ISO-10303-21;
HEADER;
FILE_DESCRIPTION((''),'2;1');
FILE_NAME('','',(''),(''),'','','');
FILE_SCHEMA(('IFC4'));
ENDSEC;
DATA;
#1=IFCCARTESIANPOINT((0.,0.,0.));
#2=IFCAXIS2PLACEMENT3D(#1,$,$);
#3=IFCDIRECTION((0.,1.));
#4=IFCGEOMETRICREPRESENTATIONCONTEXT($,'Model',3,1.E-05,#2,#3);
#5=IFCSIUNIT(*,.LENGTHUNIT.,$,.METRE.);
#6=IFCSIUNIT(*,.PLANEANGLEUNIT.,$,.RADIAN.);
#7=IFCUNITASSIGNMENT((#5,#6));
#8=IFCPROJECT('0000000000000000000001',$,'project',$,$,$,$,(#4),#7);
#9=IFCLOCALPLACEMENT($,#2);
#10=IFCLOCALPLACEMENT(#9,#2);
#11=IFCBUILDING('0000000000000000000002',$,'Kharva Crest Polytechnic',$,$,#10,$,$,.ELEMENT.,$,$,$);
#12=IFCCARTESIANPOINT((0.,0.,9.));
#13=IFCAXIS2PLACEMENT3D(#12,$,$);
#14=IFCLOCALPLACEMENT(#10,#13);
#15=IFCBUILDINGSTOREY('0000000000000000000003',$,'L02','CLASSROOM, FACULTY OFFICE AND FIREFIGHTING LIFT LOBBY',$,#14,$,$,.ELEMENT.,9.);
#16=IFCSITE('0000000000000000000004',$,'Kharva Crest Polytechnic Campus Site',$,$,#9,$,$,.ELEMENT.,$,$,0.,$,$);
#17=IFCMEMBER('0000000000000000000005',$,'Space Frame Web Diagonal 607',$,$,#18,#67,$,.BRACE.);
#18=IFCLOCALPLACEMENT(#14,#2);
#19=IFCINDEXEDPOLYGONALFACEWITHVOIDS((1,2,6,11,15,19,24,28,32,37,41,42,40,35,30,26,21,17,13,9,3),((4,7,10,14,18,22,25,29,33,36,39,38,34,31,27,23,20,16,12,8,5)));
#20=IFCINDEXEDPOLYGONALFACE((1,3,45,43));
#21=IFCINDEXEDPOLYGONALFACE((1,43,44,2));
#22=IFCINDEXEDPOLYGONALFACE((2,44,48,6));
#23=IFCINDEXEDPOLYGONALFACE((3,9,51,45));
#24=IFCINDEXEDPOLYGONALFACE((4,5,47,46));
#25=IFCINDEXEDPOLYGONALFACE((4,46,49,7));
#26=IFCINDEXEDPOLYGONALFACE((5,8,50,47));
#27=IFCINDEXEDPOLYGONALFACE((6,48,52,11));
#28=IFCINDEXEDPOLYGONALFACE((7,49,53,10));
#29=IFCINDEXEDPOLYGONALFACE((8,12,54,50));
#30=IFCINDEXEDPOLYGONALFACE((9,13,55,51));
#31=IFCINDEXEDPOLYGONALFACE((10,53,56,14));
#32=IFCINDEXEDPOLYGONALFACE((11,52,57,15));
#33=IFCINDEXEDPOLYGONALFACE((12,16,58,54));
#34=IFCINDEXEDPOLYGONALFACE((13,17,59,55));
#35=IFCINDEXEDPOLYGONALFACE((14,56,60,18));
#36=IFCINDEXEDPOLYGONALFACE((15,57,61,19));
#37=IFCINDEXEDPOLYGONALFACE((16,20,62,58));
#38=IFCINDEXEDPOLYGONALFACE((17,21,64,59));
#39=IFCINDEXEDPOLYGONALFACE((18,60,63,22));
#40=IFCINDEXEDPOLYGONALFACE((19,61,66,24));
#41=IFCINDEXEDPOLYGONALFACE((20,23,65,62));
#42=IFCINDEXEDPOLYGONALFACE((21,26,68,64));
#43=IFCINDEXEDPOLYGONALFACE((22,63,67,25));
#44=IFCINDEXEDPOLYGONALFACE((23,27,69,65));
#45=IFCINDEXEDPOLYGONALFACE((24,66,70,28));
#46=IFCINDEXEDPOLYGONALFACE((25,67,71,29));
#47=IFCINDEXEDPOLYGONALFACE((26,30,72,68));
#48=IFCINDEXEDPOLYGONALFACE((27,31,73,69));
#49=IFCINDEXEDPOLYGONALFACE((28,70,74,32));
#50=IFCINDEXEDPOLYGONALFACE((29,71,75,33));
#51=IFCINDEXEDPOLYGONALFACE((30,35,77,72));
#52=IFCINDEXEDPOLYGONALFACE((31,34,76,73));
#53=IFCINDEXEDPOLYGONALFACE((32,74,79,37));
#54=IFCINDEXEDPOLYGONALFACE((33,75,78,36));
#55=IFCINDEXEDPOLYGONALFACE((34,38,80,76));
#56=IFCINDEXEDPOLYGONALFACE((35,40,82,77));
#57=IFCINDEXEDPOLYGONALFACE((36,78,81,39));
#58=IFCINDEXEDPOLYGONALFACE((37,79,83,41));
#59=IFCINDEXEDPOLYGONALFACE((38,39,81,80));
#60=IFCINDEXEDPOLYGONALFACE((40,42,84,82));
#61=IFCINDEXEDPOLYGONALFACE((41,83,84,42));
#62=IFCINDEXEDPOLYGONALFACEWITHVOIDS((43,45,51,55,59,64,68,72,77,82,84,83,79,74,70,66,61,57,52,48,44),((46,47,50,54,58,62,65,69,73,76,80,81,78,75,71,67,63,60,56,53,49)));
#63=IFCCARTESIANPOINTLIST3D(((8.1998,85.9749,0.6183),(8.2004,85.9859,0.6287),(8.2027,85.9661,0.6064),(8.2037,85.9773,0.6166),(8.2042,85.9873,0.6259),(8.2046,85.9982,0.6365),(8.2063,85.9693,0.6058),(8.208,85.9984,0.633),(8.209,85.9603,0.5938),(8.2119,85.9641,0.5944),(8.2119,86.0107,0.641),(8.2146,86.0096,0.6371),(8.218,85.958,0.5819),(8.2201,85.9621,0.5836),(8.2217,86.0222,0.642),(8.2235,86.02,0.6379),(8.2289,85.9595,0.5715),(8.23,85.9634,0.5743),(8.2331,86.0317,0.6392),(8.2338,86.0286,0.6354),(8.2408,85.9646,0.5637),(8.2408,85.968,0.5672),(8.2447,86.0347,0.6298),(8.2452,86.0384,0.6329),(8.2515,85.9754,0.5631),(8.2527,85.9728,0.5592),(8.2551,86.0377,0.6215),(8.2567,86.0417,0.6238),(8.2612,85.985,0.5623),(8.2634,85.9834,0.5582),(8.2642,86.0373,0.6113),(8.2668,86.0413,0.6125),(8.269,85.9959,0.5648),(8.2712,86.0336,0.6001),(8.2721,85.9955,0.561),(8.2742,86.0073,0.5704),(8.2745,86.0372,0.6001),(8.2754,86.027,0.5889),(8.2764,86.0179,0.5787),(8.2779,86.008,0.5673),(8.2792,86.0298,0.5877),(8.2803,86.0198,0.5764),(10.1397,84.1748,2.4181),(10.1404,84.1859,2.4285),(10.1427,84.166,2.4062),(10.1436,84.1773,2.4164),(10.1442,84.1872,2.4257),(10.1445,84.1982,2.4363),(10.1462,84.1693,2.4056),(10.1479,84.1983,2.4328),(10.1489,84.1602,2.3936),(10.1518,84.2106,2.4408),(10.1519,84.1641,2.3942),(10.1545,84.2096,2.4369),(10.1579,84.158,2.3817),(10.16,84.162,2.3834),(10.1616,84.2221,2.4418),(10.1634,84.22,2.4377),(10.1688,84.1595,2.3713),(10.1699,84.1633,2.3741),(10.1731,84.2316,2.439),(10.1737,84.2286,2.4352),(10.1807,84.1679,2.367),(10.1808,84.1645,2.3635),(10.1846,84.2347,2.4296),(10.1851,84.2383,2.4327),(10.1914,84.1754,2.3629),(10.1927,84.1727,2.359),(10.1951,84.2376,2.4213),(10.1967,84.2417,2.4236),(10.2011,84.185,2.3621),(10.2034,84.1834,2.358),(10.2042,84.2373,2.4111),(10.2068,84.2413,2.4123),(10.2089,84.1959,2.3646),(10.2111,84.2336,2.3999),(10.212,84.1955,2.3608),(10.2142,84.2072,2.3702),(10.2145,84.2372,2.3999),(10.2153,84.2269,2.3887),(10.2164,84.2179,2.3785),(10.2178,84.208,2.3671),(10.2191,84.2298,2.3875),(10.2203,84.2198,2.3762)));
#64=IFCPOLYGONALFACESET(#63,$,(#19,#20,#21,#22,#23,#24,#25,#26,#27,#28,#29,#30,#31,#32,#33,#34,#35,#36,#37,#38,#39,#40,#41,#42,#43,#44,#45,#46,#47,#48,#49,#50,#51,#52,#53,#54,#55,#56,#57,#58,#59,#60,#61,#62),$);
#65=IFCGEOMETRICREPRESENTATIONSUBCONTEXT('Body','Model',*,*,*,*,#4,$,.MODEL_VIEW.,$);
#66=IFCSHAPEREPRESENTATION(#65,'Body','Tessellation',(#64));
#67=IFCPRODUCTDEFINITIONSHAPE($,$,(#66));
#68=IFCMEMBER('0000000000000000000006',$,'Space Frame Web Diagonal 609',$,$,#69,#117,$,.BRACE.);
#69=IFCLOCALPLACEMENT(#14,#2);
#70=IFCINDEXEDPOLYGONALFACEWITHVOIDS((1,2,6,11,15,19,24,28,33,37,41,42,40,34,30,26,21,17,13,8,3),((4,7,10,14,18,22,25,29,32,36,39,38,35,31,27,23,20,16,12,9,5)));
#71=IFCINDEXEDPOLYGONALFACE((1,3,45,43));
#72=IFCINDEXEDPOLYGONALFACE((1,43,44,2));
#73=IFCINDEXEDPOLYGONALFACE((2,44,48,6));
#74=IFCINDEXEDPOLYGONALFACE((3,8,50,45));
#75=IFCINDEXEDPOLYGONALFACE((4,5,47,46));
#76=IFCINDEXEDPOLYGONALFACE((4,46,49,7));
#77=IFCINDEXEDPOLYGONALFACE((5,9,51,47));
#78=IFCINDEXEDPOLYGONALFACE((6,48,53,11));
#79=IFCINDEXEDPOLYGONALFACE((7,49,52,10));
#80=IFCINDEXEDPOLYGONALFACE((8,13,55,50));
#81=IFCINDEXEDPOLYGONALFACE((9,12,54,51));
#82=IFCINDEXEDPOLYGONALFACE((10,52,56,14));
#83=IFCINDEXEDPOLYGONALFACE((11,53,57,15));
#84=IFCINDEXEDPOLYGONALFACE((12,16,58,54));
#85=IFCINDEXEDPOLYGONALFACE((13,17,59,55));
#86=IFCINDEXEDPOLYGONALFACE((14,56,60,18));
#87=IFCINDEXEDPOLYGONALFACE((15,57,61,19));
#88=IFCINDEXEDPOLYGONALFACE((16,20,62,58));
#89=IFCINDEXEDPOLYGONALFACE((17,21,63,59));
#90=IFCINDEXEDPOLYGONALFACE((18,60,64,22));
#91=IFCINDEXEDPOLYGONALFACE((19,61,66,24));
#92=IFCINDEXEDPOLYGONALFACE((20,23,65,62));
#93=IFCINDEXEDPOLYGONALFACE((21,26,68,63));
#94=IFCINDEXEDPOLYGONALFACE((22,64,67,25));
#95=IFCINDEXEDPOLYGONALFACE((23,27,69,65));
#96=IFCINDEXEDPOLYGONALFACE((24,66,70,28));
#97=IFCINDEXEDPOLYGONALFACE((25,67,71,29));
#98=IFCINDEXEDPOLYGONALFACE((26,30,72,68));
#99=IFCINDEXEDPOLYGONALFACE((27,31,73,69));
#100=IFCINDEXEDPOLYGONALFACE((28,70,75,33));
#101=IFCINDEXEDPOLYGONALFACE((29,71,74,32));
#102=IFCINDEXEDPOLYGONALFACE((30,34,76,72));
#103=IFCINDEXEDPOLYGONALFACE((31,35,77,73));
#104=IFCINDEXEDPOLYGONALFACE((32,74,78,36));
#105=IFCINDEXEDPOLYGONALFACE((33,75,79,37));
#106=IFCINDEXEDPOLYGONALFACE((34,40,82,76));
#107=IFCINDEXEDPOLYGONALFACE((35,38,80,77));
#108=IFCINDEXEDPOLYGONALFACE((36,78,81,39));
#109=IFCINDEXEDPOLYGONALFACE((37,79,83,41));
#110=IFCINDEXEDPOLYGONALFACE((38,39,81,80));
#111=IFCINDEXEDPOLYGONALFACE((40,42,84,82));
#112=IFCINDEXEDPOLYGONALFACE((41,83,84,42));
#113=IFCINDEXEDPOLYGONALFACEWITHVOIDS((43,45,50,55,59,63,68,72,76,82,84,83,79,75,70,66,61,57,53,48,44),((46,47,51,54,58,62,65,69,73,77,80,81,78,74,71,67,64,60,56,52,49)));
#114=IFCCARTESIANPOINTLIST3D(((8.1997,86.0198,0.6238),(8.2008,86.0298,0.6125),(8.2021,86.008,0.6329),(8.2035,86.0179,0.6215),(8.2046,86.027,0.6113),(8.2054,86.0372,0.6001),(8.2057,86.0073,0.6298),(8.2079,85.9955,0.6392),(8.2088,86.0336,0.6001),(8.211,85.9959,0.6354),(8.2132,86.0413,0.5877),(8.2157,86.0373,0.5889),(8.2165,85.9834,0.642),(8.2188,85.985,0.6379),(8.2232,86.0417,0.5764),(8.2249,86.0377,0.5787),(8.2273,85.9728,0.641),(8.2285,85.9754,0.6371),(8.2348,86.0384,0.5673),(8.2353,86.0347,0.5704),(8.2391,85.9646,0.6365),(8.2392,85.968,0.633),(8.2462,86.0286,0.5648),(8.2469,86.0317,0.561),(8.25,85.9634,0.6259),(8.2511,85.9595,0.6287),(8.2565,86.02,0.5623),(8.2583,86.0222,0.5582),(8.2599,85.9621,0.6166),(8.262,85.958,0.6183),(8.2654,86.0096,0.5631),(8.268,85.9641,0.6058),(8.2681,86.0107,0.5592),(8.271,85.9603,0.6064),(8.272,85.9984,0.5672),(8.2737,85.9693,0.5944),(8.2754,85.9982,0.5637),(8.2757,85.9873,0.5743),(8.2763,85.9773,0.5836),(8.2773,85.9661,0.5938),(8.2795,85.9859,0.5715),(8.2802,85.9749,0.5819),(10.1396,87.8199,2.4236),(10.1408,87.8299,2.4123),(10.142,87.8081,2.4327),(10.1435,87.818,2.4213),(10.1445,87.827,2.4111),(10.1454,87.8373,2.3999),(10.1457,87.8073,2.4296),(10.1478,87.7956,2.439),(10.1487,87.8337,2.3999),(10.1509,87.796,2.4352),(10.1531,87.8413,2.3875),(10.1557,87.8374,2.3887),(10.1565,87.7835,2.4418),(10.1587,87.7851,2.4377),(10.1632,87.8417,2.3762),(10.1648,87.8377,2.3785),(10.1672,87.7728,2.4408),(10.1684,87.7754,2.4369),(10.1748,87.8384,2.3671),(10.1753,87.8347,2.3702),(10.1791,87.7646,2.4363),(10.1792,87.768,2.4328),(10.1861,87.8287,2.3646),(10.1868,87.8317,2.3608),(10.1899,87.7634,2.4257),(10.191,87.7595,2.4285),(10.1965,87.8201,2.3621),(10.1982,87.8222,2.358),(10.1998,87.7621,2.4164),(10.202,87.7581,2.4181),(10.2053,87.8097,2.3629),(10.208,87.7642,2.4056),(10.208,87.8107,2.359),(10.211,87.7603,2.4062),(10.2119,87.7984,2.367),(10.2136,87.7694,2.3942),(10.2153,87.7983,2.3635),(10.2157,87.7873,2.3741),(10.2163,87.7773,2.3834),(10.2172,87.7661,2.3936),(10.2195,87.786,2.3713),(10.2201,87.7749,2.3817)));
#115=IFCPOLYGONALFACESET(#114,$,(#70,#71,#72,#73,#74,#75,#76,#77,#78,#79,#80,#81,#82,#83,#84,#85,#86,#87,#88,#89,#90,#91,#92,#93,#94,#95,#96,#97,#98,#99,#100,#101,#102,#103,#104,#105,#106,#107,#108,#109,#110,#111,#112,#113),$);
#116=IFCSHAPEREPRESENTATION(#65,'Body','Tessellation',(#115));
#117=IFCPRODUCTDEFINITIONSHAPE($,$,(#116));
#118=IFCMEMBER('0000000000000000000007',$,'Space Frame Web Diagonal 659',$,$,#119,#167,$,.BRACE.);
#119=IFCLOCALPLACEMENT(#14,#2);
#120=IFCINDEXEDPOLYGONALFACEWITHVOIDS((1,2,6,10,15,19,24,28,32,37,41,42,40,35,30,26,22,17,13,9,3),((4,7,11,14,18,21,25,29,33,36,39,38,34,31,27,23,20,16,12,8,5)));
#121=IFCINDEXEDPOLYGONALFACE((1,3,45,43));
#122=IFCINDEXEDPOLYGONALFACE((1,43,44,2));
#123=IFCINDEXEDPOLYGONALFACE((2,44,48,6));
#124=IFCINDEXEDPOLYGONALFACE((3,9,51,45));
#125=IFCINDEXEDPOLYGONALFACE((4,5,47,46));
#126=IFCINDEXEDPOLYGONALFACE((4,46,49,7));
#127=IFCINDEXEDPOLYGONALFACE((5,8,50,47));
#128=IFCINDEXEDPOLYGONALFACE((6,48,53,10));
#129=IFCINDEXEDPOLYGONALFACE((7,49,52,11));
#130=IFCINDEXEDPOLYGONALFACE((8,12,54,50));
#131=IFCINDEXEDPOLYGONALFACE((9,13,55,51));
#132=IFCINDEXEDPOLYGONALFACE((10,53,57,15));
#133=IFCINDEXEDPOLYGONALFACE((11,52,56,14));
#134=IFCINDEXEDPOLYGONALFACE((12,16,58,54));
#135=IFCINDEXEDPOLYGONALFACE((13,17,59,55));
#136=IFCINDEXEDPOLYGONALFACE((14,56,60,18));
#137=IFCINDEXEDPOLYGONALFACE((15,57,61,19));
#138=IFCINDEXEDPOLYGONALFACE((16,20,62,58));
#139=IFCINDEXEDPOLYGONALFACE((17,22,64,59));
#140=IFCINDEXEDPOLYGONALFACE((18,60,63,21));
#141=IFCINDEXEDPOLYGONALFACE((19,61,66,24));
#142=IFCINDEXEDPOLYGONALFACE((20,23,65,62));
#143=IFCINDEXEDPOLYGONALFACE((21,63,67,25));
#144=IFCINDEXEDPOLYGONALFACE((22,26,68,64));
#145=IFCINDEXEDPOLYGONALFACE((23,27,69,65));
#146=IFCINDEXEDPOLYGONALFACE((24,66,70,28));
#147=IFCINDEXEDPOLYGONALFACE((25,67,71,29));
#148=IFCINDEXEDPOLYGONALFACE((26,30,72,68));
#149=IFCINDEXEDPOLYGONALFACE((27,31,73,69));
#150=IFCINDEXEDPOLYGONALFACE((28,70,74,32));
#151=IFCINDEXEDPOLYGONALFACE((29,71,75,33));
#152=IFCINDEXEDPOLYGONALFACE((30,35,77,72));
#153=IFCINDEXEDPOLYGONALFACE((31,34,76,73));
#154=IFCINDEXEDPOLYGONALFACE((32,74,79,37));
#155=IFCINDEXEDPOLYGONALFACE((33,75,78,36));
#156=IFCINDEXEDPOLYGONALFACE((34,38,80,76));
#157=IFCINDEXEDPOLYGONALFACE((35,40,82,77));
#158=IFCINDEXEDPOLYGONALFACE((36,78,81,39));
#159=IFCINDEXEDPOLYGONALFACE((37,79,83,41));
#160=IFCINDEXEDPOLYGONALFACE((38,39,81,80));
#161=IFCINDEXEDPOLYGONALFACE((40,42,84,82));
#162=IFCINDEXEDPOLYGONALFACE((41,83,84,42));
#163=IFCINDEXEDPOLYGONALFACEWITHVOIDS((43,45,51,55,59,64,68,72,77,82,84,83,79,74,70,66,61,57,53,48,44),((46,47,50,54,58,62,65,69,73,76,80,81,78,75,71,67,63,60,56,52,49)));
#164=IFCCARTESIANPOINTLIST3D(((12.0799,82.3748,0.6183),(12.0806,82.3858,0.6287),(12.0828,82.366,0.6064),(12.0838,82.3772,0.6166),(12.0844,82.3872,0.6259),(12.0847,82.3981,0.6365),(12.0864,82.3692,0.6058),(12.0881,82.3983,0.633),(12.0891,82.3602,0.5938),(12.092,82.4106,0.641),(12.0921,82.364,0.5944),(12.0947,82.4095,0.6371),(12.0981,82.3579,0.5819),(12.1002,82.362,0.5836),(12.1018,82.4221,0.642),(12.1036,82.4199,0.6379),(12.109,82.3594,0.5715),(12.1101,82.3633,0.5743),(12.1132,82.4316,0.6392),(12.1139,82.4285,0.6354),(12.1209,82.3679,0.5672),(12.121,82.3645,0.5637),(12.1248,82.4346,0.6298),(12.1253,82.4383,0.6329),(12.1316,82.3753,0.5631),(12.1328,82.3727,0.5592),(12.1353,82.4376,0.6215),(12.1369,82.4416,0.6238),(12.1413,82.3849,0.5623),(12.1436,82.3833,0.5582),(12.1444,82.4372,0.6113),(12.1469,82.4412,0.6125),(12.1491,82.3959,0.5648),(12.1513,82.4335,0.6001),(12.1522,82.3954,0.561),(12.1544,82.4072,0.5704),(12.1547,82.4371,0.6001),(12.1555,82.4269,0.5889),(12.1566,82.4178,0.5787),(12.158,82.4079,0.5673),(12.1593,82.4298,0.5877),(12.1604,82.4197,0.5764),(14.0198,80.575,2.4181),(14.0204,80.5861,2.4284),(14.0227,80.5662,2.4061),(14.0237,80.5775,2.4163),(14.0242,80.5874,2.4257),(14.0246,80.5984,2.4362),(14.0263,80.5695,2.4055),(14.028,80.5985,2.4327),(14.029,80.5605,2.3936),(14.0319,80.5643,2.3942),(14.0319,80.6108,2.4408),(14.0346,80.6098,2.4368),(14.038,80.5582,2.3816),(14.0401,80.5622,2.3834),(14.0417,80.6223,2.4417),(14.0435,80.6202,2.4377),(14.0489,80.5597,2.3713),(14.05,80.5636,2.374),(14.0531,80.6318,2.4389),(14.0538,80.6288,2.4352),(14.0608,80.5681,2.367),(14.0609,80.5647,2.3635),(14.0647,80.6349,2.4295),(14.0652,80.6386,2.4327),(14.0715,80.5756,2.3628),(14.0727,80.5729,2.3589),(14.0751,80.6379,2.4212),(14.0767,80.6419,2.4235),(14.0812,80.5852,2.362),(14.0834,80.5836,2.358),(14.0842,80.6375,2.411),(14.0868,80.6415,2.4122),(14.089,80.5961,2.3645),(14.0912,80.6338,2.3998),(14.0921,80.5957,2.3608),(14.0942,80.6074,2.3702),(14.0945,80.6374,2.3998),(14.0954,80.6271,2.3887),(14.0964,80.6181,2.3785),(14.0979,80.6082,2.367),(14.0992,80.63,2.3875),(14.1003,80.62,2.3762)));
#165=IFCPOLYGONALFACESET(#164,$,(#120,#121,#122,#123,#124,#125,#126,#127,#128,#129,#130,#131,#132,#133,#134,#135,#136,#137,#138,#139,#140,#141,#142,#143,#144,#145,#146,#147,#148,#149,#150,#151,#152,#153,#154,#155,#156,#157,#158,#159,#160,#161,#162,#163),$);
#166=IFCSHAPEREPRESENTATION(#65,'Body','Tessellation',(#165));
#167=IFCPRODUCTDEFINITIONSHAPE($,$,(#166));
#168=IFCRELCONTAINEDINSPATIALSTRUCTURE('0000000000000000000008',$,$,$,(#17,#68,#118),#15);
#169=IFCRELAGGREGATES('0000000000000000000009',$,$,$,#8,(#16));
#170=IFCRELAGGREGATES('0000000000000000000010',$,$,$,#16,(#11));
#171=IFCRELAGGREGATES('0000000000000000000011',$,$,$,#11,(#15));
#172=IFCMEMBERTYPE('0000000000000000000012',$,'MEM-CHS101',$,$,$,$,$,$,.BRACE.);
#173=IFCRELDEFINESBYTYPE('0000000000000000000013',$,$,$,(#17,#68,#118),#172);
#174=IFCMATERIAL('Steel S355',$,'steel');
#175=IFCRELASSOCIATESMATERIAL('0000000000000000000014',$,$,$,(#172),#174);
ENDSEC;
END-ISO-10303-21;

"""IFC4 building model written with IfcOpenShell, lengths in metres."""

from ifc_helpers import new_model, si_unit, direction, frame, origin, origin_2d, place, context, subcontext, project, spatial, hollow_circle, extrude, material, material_profile, profile_set, type_object, element, save


model = new_model("IFC4")

# Units and contexts
model_context = context("Model", 3, precision=1e-05, world=origin(), true_north=direction((0.0, 1.0)))
body_context = subcontext(model_context, "Body", "Model", "MODEL_VIEW")
ifc_project = project(units=[si_unit("LENGTHUNIT", "METRE"), si_unit("PLANEANGLEUNIT", "RADIAN")], contexts=[model_context])

# Site, building, storey
site_placement = place(None, origin())
site = spatial("IfcSite", under=ifc_project, at=site_placement, Name="Kharva Crest Polytechnic Campus Site", CompositionType="ELEMENT", RefElevation=0.0)
building_placement = place(site_placement, origin())
building = spatial("IfcBuilding", under=site, at=building_placement, Name="Kharva Crest Polytechnic", CompositionType="ELEMENT")
storey_placement = place(building_placement, frame((0.0, 0.0, 9.0)))
storey = spatial("IfcBuildingStorey", under=building, at=storey_placement, Name="L02", Description="CLASSROOM, FACULTY OFFICE AND FIREFIGHTING LIFT LOBBY", CompositionType="ELEMENT", Elevation=9.0)

# Shared definitions
ifc_material_1 = material(Name="Steel S355", Category="steel")

# Members
ifc_material_profile_1 = material_profile(ifc_material_1, hollow_circle(Radius=0.0508, WallThickness=0.0049, at=origin_2d()), Name="CHS 101.6X5.0")
ifc_profile_set_1 = profile_set([ifc_material_profile_1], Name="Steel S355")
member_type_1 = type_object("IfcMemberType", Name="MEM-CHS101", PredefinedType="BRACE", material=ifc_profile_set_1)
for number, where, z_axis, x_axis, name in (
    (1, (8.24, 86.0, 0.6001), (0.606147, -0.562437, 0.562361), (0.680182, 0.733043, 0.0), "Space Frame Web Diagonal 607"),
    (2, (8.24, 86.0, 0.6001), (0.606147, 0.562437, 0.562361), (-0.680182, 0.733043, 0.0), "Space Frame Web Diagonal 609"),
):
    element("IfcMember", number, at=place(storey_placement, frame(where, z_axis=z_axis, x_axis=x_axis)), inside=storey, type_object=member_type_1, Name=name, PredefinedType="BRACE", context=body_context, shape_type="SweptSolid", body=[
        extrude(hollow_circle(Radius=0.0508, WallThickness=0.0049, at=origin_2d()), origin(), (0.0, 0.0, 1.0), 3.2004),
    ])
member_1_placement = place(storey_placement, frame((12.1201, 82.3999, 0.6001), z_axis=(0.606173, -0.562385, 0.562385), x_axis=(0.680133, 0.733089, 0.0)))
element("IfcMember", 3, at=member_1_placement, inside=storey, type_object=member_type_1, Name="Space Frame Web Diagonal 659", PredefinedType="BRACE", context=body_context, shape_type="SweptSolid", body=[
    extrude(hollow_circle(Radius=0.0508, WallThickness=0.0049, at=origin_2d()), origin(), (0.0, 0.0, 1.0), 3.2002),
])

save(model, "model.ifc")
